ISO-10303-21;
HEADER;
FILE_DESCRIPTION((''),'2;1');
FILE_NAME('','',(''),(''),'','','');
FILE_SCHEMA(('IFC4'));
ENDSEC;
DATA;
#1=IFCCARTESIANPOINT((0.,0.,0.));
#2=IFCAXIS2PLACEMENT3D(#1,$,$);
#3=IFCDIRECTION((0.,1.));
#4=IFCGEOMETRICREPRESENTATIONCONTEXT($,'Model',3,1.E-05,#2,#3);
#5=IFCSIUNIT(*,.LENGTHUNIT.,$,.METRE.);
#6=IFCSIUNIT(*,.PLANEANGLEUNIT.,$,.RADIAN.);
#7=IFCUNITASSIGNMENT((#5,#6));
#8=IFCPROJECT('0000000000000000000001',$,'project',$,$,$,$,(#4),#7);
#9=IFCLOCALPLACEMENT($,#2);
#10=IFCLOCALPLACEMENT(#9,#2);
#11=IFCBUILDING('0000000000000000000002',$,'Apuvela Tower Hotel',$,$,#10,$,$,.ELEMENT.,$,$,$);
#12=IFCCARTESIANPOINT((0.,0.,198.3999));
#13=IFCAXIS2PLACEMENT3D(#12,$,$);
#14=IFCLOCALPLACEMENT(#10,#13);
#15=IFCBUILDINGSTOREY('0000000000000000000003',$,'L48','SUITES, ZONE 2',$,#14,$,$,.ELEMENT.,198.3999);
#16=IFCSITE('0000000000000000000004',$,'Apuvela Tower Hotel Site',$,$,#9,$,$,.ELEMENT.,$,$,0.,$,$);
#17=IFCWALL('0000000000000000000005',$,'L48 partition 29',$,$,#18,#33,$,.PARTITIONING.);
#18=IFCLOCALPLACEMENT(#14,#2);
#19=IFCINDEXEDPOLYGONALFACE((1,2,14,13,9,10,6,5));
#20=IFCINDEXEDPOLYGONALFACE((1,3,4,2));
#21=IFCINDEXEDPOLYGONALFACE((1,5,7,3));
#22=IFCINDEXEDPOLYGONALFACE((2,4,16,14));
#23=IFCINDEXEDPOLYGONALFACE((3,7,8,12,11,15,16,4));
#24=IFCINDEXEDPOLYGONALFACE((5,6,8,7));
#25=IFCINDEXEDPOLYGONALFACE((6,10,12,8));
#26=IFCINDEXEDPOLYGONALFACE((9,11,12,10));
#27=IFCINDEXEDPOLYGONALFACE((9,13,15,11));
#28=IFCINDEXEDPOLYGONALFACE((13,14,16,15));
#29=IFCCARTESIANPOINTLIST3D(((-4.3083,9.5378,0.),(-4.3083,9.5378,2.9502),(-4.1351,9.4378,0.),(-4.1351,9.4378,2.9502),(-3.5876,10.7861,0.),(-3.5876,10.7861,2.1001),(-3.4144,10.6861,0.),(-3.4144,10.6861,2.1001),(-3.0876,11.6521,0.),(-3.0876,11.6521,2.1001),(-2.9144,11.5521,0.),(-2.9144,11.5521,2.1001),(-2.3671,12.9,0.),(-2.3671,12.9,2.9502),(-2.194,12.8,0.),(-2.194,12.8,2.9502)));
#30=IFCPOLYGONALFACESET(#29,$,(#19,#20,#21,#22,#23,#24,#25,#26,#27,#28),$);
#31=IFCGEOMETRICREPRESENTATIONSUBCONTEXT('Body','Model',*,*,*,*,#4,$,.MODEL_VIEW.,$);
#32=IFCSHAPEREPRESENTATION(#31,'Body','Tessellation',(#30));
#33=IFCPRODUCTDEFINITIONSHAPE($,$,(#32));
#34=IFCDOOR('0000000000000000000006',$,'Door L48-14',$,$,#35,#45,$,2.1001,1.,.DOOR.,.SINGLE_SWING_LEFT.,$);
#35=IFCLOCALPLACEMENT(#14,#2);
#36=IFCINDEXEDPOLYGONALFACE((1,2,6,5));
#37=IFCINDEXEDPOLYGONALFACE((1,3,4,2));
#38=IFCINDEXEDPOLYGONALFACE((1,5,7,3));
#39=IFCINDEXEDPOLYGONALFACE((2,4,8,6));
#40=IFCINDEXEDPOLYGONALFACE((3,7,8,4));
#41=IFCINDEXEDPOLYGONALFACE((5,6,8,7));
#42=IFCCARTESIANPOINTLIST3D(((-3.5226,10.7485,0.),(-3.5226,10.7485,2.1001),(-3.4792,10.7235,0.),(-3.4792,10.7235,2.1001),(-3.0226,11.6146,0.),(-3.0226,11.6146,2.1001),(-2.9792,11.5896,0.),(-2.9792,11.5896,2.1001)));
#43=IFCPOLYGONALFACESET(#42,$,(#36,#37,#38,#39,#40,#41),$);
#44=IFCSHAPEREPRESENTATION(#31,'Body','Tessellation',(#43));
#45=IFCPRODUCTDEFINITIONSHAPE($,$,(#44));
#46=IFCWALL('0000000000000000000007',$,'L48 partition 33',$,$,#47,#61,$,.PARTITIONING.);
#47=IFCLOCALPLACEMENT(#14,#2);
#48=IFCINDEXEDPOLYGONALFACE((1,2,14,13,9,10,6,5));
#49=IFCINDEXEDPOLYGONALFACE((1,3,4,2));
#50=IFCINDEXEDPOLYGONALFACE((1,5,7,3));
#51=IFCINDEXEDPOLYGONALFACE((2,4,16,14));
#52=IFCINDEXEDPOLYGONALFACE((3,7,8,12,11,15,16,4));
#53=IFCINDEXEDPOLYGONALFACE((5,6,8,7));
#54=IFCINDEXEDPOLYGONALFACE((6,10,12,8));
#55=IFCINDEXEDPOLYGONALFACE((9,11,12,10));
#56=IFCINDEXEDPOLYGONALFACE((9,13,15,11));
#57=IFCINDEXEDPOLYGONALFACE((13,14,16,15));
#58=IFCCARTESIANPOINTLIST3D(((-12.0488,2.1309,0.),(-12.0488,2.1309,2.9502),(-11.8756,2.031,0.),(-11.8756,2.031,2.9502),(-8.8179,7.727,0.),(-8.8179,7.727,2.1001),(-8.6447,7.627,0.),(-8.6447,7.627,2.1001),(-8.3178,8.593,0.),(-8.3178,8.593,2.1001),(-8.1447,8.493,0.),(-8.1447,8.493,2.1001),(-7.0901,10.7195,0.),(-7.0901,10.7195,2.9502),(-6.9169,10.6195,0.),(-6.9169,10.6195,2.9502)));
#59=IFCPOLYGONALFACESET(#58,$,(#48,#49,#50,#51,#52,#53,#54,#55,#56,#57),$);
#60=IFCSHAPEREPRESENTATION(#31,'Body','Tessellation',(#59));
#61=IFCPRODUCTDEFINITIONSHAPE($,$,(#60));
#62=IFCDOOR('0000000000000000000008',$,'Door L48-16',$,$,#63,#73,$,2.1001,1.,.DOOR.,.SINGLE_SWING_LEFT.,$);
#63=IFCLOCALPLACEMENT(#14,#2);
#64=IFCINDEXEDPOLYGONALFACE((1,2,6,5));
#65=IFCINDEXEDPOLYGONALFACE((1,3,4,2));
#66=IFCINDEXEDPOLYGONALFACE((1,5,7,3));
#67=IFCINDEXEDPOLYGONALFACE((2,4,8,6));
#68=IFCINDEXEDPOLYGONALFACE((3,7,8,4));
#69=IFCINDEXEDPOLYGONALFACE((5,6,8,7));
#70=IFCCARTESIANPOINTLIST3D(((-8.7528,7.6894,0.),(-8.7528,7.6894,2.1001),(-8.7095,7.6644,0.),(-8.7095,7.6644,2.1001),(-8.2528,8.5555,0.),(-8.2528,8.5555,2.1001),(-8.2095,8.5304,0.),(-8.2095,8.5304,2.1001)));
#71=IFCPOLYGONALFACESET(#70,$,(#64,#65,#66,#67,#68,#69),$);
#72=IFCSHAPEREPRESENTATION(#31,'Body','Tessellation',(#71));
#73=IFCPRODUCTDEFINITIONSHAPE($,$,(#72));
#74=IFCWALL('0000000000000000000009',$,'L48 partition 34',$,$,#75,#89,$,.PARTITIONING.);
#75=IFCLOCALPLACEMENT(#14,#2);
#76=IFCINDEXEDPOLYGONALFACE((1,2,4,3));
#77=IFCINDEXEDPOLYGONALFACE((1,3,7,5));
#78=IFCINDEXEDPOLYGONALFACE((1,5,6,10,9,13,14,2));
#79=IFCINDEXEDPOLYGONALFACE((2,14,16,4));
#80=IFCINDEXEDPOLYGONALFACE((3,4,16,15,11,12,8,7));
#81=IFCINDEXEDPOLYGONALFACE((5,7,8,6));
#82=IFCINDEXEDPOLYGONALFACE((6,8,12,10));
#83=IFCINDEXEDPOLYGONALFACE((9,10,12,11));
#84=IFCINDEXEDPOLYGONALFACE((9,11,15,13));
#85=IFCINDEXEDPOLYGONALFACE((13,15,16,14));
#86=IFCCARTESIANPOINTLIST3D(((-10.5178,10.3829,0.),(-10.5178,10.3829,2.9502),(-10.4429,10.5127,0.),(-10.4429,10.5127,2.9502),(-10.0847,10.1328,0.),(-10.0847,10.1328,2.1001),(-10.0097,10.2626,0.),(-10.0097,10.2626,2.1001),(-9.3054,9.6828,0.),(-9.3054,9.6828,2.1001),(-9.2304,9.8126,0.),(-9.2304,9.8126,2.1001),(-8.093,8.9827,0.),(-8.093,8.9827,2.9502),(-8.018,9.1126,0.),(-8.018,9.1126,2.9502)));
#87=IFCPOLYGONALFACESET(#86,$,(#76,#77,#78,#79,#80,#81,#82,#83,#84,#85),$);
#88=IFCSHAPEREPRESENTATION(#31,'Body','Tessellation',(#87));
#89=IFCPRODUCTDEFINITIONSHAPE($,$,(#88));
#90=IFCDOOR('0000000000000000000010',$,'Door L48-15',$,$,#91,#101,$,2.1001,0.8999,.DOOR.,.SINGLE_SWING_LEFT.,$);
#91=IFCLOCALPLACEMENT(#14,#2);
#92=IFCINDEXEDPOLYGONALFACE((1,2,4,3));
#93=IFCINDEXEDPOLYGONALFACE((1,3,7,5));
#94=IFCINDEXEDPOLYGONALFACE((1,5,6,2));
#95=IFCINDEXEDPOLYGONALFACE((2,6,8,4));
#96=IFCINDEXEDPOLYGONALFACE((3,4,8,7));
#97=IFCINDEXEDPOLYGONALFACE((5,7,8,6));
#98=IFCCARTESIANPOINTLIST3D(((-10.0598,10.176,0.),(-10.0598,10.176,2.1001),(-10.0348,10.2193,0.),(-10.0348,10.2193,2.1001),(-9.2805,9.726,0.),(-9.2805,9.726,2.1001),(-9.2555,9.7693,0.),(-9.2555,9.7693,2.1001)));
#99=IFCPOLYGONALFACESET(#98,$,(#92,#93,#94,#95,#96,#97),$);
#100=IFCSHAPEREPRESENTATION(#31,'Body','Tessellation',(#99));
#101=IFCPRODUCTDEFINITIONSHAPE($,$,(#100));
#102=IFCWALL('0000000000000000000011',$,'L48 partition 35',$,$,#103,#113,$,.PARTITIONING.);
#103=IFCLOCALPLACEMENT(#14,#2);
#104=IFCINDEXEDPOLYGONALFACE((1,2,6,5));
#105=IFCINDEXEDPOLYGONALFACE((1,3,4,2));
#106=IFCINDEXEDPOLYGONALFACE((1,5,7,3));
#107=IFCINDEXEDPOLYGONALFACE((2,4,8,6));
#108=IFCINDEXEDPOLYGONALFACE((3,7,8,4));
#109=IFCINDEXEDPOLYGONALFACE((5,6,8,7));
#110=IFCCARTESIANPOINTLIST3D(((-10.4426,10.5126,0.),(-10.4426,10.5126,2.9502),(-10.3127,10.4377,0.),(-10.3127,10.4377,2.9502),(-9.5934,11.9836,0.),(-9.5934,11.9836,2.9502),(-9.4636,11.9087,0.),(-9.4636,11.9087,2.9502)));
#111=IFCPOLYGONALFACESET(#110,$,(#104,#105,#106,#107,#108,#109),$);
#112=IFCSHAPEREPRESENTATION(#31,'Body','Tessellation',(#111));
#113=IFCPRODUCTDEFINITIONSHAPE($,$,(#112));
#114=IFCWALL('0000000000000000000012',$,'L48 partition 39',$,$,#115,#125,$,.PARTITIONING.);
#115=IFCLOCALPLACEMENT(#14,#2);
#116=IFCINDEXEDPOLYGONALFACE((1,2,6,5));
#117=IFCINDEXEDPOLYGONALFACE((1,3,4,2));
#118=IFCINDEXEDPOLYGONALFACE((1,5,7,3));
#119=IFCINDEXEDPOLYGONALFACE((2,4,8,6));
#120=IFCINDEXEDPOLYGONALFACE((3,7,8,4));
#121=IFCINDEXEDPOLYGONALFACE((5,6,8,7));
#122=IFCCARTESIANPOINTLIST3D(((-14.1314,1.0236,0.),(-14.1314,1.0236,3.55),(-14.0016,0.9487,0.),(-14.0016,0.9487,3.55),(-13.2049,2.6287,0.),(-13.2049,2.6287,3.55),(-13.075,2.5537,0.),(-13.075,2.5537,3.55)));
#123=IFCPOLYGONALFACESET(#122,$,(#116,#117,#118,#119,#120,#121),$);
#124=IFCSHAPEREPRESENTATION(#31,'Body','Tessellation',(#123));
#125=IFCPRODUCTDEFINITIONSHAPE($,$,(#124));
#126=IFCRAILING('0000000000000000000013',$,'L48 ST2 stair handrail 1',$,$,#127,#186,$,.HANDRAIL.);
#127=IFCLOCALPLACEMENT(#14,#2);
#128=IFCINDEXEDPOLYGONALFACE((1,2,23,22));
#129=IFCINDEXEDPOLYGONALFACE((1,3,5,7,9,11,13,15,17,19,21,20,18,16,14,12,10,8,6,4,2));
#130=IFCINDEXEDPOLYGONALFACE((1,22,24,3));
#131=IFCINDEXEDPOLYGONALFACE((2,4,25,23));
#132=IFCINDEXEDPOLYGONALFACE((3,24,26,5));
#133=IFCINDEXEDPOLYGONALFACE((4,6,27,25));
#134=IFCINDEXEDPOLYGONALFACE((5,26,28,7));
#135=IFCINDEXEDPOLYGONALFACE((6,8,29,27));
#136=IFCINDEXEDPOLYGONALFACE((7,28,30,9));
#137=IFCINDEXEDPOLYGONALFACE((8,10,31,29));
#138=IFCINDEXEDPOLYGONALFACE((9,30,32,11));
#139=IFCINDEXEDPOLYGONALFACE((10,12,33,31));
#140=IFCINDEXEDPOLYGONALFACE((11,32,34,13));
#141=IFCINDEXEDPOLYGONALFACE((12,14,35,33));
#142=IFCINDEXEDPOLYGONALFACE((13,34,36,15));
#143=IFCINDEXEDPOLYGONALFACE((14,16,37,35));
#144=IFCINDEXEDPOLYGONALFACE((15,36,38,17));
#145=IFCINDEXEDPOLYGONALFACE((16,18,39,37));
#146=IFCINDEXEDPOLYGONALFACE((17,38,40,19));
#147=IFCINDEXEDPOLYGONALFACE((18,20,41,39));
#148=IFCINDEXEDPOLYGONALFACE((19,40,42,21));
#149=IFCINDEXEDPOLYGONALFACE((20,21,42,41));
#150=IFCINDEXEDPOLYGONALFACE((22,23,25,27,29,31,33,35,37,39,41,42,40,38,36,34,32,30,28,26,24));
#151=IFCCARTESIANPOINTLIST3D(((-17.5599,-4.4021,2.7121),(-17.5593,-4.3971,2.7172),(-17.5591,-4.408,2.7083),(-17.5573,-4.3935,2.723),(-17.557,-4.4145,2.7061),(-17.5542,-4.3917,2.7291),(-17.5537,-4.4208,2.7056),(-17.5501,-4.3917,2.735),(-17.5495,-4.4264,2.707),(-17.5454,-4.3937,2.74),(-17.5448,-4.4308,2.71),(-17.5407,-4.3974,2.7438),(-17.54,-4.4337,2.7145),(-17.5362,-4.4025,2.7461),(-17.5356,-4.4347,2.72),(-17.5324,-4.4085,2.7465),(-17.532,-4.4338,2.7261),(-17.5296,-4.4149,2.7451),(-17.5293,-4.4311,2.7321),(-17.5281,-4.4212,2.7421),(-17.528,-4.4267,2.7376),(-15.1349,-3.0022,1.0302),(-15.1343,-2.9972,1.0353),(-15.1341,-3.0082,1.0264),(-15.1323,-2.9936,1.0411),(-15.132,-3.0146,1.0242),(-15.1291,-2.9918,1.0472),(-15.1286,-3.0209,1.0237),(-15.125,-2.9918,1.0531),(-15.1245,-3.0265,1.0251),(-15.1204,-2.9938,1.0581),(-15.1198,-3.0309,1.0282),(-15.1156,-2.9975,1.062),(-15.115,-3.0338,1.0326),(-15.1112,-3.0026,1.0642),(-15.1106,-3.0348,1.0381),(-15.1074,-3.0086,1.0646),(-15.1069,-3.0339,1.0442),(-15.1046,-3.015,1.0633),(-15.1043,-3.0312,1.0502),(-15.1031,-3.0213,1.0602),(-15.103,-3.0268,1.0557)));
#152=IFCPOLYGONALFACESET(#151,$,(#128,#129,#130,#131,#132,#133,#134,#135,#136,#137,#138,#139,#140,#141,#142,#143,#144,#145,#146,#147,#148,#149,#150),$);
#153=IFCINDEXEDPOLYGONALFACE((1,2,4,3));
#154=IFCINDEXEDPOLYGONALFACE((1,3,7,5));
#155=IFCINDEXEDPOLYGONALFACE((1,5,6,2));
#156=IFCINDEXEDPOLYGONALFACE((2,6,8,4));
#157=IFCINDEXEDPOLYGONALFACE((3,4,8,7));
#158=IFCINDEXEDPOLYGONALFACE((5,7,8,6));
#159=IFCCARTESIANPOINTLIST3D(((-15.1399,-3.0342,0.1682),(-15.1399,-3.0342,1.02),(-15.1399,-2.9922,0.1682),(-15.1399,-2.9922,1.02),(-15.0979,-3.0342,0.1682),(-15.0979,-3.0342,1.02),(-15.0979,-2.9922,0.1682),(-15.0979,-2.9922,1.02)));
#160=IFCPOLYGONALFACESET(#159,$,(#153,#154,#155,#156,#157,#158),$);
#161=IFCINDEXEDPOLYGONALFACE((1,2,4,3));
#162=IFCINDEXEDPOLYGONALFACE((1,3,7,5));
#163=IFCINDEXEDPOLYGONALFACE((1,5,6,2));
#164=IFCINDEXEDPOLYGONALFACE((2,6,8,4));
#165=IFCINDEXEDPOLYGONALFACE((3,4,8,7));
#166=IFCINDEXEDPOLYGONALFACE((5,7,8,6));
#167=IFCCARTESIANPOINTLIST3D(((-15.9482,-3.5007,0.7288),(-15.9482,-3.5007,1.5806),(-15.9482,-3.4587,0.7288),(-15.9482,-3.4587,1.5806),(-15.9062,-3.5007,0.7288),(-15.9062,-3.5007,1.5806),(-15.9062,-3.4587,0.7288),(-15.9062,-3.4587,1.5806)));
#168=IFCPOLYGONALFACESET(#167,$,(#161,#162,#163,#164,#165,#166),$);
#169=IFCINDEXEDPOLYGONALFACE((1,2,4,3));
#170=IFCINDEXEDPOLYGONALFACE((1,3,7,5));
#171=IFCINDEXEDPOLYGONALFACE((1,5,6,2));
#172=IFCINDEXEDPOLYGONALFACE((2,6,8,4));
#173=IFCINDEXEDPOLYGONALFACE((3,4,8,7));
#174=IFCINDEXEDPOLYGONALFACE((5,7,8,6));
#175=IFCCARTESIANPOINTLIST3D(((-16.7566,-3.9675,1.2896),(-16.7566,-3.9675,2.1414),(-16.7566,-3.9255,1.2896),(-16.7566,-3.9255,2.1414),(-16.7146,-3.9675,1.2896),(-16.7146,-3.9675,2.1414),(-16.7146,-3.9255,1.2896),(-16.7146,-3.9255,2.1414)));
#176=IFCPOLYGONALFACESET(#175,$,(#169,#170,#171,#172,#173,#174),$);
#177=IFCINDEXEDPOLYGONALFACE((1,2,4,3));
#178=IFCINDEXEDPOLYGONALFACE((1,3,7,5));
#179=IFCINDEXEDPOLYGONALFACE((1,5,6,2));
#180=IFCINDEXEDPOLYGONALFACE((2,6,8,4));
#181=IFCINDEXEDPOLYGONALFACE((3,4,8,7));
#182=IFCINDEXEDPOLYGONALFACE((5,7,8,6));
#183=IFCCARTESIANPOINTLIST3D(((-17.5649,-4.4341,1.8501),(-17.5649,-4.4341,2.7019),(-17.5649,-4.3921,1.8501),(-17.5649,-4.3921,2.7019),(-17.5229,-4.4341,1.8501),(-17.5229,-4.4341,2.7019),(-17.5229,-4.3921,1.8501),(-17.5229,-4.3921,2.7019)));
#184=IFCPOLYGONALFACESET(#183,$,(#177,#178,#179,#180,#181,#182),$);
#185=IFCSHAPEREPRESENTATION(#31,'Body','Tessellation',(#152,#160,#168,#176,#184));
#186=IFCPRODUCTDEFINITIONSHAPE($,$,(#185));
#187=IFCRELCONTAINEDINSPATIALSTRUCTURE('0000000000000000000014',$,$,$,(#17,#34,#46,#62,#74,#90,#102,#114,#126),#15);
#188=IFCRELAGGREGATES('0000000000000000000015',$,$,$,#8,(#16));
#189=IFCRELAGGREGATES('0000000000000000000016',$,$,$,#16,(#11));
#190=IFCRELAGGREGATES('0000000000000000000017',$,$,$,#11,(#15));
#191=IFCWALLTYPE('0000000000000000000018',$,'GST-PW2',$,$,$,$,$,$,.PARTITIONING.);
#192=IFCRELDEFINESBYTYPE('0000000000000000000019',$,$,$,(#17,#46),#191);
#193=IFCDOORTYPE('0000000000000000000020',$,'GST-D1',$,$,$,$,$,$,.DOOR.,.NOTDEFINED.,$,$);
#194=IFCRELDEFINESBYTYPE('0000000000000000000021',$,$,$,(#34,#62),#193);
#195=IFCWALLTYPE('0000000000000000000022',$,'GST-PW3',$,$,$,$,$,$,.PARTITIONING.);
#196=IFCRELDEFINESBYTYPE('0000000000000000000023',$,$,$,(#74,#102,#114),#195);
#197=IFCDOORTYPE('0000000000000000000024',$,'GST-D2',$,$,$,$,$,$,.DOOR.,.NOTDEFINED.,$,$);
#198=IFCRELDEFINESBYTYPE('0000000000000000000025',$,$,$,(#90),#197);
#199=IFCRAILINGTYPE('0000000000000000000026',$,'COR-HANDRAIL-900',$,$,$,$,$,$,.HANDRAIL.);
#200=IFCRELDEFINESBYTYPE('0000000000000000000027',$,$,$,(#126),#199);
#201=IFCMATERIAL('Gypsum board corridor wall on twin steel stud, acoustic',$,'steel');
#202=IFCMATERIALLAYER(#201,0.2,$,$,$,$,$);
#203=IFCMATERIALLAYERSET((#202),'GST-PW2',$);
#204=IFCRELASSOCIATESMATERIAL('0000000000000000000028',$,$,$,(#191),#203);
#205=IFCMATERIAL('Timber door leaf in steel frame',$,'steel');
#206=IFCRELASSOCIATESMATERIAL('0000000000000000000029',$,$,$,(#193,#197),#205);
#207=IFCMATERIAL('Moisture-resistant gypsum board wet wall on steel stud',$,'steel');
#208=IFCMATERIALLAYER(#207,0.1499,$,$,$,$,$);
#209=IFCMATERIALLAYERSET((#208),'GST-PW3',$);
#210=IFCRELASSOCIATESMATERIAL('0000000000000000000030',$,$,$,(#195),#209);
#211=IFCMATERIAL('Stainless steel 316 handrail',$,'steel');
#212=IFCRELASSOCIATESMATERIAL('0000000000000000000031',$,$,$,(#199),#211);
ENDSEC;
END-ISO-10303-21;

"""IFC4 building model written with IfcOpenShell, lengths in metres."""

from ifc_helpers import new_model, si_unit, direction, frame, frame_2d, origin, origin_2d, place, context, subcontext, project, spatial, rectangle, circle, extrude, material, layer, layer_set, type_object, element, fill, save


model = new_model("IFC4")

# Units and contexts
model_context = context("Model", 3, precision=1e-05, world=origin(), true_north=direction((0.0, 1.0)))
body_context = subcontext(model_context, "Body", "Model", "MODEL_VIEW")
ifc_project = project(units=[si_unit("LENGTHUNIT", "METRE"), si_unit("PLANEANGLEUNIT", "RADIAN")], contexts=[model_context])

# Site, building, storey
site_placement = place(None, origin())
site = spatial("IfcSite", under=ifc_project, at=site_placement, Name="Apuvela Tower Hotel Site", CompositionType="ELEMENT", RefElevation=0.0)
building_placement = place(site_placement, origin())
building = spatial("IfcBuilding", under=site, at=building_placement, Name="Apuvela Tower Hotel", CompositionType="ELEMENT")
storey_placement = place(building_placement, frame((0.0, 0.0, 198.3999)))
storey = spatial("IfcBuildingStorey", under=building, at=storey_placement, Name="L48", Description="SUITES, ZONE 2", CompositionType="ELEMENT", Elevation=198.3999)

# Walls, openings, doors
ifc_material_1 = material(Name="Gypsum board corridor wall on twin steel stud, acoustic", Category="steel")
ifc_layer_1 = layer(ifc_material_1, 0.2)
ifc_layer_set_1 = layer_set([ifc_layer_1], Name="GST-PW2")
wall_type_1 = type_object("IfcWallType", Name="GST-PW2", PredefinedType="PARTITIONING", material=ifc_layer_set_1)
wall_1_placement = place(storey_placement, frame((-4.2217, 9.4878, 0.0), z_axis=(0.0, 0.0, 1.0), x_axis=(0.499987, 0.866033, 0.0)))
wall_1 = element("IfcWall", 1, at=wall_1_placement, inside=storey, type_object=wall_type_1, Name="L48 partition 29", PredefinedType="PARTITIONING", context=body_context, shape_type="SweptSolid", body=[
    extrude(rectangle(XDim=3.8823, YDim=0.2, at=frame_2d((1.9412, 0.0))), origin(), (0.0, 0.0, 1.0), 2.9502),
])
opening_1_placement = place(wall_1_placement, frame((1.4414, 0.0, 0.0)))
opening_1 = element("IfcOpeningElement", 2, at=opening_1_placement, cuts=wall_1, PredefinedType="OPENING", context=body_context, shape_type="SweptSolid", body=[
    extrude(rectangle(XDim=1.0, YDim=2.1001, at=frame_2d((0.5, 1.05))), frame((0.0, 0.1099, 0.0), z_axis=(0.0, -1.0, 0.0), x_axis=(1.0, 0.0, 0.0)), (0.0, 0.0, 1.0), 0.22),
])
ifc_material_2 = material(Name="Timber door leaf in steel frame", Category="steel")
door_type_1 = type_object("IfcDoorType", Name="GST-D1", OperationType="NOTDEFINED", PredefinedType="DOOR", material=ifc_material_2)
door_1_placement = place(opening_1_placement, origin())
door_1 = element("IfcDoor", 3, at=door_1_placement, inside=storey, type_object=door_type_1, Name="Door L48-14", OperationType="SINGLE_SWING_LEFT", OverallHeight=2.1001, OverallWidth=1.0, PredefinedType="DOOR", context=body_context, shape_type="SweptSolid", body=[
    extrude(rectangle(XDim=1.0, YDim=2.1001, at=frame_2d((0.5, 1.05))), frame((0.0, 0.0249, 0.0), z_axis=(0.0, -1.0, 0.0), x_axis=(1.0, 0.0, 0.0)), (0.0, 0.0, 1.0), 0.05),
])
fill(opening_1, door_1)
wall_2_placement = place(storey_placement, frame((-11.9622, 2.0811, 0.0), z_axis=(0.0, 0.0, 1.0), x_axis=(0.500007, 0.866021, 0.0)))
wall_2 = element("IfcWall", 4, at=wall_2_placement, inside=storey, type_object=wall_type_1, Name="L48 partition 33", PredefinedType="PARTITIONING", context=body_context, shape_type="SweptSolid", body=[
    extrude(rectangle(XDim=9.9172, YDim=0.2, at=frame_2d((4.9585, 0.0))), origin(), (0.0, 0.0, 1.0), 2.9502),
])
opening_2_placement = place(wall_2_placement, frame((6.4617, 0.0, 0.0)))
opening_2 = element("IfcOpeningElement", 5, at=opening_2_placement, cuts=wall_2, PredefinedType="OPENING", context=body_context, shape_type="SweptSolid", body=[
    extrude(rectangle(XDim=1.0, YDim=2.1001, at=frame_2d((0.5, 1.05))), frame((0.0, 0.1099, 0.0), z_axis=(0.0, -1.0, 0.0), x_axis=(1.0, 0.0, 0.0)), (0.0, 0.0, 1.0), 0.22),
])
door_2_placement = place(opening_2_placement, origin())
door_2 = element("IfcDoor", 6, at=door_2_placement, inside=storey, type_object=door_type_1, Name="Door L48-16", OperationType="SINGLE_SWING_LEFT", OverallHeight=2.1001, OverallWidth=1.0, PredefinedType="DOOR", context=body_context, shape_type="SweptSolid", body=[
    extrude(rectangle(XDim=1.0, YDim=2.1001, at=frame_2d((0.5, 1.05))), frame((0.0, 0.0249, 0.0), z_axis=(0.0, -1.0, 0.0), x_axis=(1.0, 0.0, 0.0)), (0.0, 0.0, 1.0), 0.05),
])
fill(opening_2, door_2)
ifc_material_3 = material(Name="Moisture-resistant gypsum board wet wall on steel stud", Category="steel")
ifc_layer_2 = layer(ifc_material_3, 0.1499)
ifc_layer_set_2 = layer_set([ifc_layer_2], Name="GST-PW3")
wall_type_2 = type_object("IfcWallType", Name="GST-PW3", PredefinedType="PARTITIONING", material=ifc_layer_set_2)
wall_3_placement = place(storey_placement, frame((-10.4802, 10.4478, 0.0), z_axis=(0.0, 0.0, 1.0), x_axis=(0.865997, -0.50005, 0.0)))
wall_3 = element("IfcWall", 7, at=wall_3_placement, inside=storey, type_object=wall_type_2, Name="L48 partition 34", PredefinedType="PARTITIONING", context=body_context, shape_type="SweptSolid", body=[
    extrude(rectangle(XDim=2.8, YDim=0.1499, at=frame_2d((1.3999, 0.0))), origin(), (0.0, 0.0, 1.0), 2.9502),
])
opening_3_placement = place(wall_3_placement, frame((0.5, 0.0, 0.0)))
opening_3 = element("IfcOpeningElement", 8, at=opening_3_placement, cuts=wall_3, PredefinedType="OPENING", context=body_context, shape_type="SweptSolid", body=[
    extrude(rectangle(XDim=0.8999, YDim=2.1001, at=frame_2d((0.45, 1.05))), frame((0.0, 0.085, 0.0), z_axis=(0.0, -1.0, 0.0), x_axis=(1.0, 0.0, 0.0)), (0.0, 0.0, 1.0), 0.1699),
])
door_type_2 = type_object("IfcDoorType", Name="GST-D2", OperationType="NOTDEFINED", PredefinedType="DOOR", material=ifc_material_2)
door_3_placement = place(opening_3_placement, origin())
door_3 = element("IfcDoor", 9, at=door_3_placement, inside=storey, type_object=door_type_2, Name="Door L48-15", OperationType="SINGLE_SWING_LEFT", OverallHeight=2.1001, OverallWidth=0.8999, PredefinedType="DOOR", context=body_context, shape_type="SweptSolid", body=[
    extrude(rectangle(XDim=0.8999, YDim=2.1001, at=frame_2d((0.45, 1.05))), frame((0.0, 0.0249, 0.0), z_axis=(0.0, -1.0, 0.0), x_axis=(1.0, 0.0, 0.0)), (0.0, 0.0, 1.0), 0.05),
])
fill(opening_3, door_3)

# Walls
wall_4_placement = place(storey_placement, frame((-9.5286, 11.946, 0.0), z_axis=(0.0, 0.0, 1.0), x_axis=(-0.499942, -0.866059, 0.0)))
element("IfcWall", 10, at=wall_4_placement, inside=storey, type_object=wall_type_2, Name="L48 partition 35", PredefinedType="PARTITIONING", context=body_context, shape_type="SweptSolid", body=[
    extrude(rectangle(XDim=1.6985, YDim=0.1499, at=frame_2d((0.8491, 0.0))), origin(), (0.0, 0.0, 1.0), 2.9502),
])
wall_5_placement = place(storey_placement, frame((-13.1399, 2.5913, 0.0), z_axis=(0.0, 0.0, 1.0), x_axis=(-0.499951, -0.866054, 0.0)))
element("IfcWall", 11, at=wall_5_placement, inside=storey, type_object=wall_type_2, Name="L48 partition 39", PredefinedType="PARTITIONING", context=body_context, shape_type="SweptSolid", body=[
    extrude(rectangle(XDim=1.8533, YDim=0.1499, at=frame_2d((0.9268, 0.0))), origin(), (0.0, 0.0, 1.0), 3.55),
])

# Railing
ifc_material_4 = material(Name="Stainless steel 316 handrail", Category="steel")
railing_type_1 = type_object("IfcRailingType", Name="COR-HANDRAIL-900", PredefinedType="HANDRAIL", material=ifc_material_4)
railing_1_placement = place(storey_placement, frame((-15.1189, -3.0132, 0.1682)))
element("IfcRailing", 12, at=railing_1_placement, inside=storey, type_object=railing_type_1, Name="L48 ST2 stair handrail 1", PredefinedType="HANDRAIL", context=body_context, shape_type="SweptSolid", body=[
    extrude(circle(Radius=0.0239, at=origin_2d()), frame((0.0, 0.0, 0.876), z_axis=(-0.742424, -0.428577, 0.514906), x_axis=(0.499946, -0.866056, 0.0)), (0.0, 0.0, 1.0), 3.2664),
    extrude(rectangle(XDim=0.042, YDim=0.042, at=origin_2d()), origin(), (0.0, 0.0, 1.0), 0.8518),
    extrude(rectangle(XDim=0.042, YDim=0.042, at=origin_2d()), frame((-0.8083, -0.4666, 0.5605)), (0.0, 0.0, 1.0), 0.8518),
    extrude(rectangle(XDim=0.042, YDim=0.042, at=origin_2d()), frame((-1.6167, -0.9333, 1.1213)), (0.0, 0.0, 1.0), 0.8518),
    extrude(rectangle(XDim=0.042, YDim=0.042, at=origin_2d()), frame((-2.425, -1.3999, 1.6819)), (0.0, 0.0, 1.0), 0.8518),
])

save(model, "model.ifc")
